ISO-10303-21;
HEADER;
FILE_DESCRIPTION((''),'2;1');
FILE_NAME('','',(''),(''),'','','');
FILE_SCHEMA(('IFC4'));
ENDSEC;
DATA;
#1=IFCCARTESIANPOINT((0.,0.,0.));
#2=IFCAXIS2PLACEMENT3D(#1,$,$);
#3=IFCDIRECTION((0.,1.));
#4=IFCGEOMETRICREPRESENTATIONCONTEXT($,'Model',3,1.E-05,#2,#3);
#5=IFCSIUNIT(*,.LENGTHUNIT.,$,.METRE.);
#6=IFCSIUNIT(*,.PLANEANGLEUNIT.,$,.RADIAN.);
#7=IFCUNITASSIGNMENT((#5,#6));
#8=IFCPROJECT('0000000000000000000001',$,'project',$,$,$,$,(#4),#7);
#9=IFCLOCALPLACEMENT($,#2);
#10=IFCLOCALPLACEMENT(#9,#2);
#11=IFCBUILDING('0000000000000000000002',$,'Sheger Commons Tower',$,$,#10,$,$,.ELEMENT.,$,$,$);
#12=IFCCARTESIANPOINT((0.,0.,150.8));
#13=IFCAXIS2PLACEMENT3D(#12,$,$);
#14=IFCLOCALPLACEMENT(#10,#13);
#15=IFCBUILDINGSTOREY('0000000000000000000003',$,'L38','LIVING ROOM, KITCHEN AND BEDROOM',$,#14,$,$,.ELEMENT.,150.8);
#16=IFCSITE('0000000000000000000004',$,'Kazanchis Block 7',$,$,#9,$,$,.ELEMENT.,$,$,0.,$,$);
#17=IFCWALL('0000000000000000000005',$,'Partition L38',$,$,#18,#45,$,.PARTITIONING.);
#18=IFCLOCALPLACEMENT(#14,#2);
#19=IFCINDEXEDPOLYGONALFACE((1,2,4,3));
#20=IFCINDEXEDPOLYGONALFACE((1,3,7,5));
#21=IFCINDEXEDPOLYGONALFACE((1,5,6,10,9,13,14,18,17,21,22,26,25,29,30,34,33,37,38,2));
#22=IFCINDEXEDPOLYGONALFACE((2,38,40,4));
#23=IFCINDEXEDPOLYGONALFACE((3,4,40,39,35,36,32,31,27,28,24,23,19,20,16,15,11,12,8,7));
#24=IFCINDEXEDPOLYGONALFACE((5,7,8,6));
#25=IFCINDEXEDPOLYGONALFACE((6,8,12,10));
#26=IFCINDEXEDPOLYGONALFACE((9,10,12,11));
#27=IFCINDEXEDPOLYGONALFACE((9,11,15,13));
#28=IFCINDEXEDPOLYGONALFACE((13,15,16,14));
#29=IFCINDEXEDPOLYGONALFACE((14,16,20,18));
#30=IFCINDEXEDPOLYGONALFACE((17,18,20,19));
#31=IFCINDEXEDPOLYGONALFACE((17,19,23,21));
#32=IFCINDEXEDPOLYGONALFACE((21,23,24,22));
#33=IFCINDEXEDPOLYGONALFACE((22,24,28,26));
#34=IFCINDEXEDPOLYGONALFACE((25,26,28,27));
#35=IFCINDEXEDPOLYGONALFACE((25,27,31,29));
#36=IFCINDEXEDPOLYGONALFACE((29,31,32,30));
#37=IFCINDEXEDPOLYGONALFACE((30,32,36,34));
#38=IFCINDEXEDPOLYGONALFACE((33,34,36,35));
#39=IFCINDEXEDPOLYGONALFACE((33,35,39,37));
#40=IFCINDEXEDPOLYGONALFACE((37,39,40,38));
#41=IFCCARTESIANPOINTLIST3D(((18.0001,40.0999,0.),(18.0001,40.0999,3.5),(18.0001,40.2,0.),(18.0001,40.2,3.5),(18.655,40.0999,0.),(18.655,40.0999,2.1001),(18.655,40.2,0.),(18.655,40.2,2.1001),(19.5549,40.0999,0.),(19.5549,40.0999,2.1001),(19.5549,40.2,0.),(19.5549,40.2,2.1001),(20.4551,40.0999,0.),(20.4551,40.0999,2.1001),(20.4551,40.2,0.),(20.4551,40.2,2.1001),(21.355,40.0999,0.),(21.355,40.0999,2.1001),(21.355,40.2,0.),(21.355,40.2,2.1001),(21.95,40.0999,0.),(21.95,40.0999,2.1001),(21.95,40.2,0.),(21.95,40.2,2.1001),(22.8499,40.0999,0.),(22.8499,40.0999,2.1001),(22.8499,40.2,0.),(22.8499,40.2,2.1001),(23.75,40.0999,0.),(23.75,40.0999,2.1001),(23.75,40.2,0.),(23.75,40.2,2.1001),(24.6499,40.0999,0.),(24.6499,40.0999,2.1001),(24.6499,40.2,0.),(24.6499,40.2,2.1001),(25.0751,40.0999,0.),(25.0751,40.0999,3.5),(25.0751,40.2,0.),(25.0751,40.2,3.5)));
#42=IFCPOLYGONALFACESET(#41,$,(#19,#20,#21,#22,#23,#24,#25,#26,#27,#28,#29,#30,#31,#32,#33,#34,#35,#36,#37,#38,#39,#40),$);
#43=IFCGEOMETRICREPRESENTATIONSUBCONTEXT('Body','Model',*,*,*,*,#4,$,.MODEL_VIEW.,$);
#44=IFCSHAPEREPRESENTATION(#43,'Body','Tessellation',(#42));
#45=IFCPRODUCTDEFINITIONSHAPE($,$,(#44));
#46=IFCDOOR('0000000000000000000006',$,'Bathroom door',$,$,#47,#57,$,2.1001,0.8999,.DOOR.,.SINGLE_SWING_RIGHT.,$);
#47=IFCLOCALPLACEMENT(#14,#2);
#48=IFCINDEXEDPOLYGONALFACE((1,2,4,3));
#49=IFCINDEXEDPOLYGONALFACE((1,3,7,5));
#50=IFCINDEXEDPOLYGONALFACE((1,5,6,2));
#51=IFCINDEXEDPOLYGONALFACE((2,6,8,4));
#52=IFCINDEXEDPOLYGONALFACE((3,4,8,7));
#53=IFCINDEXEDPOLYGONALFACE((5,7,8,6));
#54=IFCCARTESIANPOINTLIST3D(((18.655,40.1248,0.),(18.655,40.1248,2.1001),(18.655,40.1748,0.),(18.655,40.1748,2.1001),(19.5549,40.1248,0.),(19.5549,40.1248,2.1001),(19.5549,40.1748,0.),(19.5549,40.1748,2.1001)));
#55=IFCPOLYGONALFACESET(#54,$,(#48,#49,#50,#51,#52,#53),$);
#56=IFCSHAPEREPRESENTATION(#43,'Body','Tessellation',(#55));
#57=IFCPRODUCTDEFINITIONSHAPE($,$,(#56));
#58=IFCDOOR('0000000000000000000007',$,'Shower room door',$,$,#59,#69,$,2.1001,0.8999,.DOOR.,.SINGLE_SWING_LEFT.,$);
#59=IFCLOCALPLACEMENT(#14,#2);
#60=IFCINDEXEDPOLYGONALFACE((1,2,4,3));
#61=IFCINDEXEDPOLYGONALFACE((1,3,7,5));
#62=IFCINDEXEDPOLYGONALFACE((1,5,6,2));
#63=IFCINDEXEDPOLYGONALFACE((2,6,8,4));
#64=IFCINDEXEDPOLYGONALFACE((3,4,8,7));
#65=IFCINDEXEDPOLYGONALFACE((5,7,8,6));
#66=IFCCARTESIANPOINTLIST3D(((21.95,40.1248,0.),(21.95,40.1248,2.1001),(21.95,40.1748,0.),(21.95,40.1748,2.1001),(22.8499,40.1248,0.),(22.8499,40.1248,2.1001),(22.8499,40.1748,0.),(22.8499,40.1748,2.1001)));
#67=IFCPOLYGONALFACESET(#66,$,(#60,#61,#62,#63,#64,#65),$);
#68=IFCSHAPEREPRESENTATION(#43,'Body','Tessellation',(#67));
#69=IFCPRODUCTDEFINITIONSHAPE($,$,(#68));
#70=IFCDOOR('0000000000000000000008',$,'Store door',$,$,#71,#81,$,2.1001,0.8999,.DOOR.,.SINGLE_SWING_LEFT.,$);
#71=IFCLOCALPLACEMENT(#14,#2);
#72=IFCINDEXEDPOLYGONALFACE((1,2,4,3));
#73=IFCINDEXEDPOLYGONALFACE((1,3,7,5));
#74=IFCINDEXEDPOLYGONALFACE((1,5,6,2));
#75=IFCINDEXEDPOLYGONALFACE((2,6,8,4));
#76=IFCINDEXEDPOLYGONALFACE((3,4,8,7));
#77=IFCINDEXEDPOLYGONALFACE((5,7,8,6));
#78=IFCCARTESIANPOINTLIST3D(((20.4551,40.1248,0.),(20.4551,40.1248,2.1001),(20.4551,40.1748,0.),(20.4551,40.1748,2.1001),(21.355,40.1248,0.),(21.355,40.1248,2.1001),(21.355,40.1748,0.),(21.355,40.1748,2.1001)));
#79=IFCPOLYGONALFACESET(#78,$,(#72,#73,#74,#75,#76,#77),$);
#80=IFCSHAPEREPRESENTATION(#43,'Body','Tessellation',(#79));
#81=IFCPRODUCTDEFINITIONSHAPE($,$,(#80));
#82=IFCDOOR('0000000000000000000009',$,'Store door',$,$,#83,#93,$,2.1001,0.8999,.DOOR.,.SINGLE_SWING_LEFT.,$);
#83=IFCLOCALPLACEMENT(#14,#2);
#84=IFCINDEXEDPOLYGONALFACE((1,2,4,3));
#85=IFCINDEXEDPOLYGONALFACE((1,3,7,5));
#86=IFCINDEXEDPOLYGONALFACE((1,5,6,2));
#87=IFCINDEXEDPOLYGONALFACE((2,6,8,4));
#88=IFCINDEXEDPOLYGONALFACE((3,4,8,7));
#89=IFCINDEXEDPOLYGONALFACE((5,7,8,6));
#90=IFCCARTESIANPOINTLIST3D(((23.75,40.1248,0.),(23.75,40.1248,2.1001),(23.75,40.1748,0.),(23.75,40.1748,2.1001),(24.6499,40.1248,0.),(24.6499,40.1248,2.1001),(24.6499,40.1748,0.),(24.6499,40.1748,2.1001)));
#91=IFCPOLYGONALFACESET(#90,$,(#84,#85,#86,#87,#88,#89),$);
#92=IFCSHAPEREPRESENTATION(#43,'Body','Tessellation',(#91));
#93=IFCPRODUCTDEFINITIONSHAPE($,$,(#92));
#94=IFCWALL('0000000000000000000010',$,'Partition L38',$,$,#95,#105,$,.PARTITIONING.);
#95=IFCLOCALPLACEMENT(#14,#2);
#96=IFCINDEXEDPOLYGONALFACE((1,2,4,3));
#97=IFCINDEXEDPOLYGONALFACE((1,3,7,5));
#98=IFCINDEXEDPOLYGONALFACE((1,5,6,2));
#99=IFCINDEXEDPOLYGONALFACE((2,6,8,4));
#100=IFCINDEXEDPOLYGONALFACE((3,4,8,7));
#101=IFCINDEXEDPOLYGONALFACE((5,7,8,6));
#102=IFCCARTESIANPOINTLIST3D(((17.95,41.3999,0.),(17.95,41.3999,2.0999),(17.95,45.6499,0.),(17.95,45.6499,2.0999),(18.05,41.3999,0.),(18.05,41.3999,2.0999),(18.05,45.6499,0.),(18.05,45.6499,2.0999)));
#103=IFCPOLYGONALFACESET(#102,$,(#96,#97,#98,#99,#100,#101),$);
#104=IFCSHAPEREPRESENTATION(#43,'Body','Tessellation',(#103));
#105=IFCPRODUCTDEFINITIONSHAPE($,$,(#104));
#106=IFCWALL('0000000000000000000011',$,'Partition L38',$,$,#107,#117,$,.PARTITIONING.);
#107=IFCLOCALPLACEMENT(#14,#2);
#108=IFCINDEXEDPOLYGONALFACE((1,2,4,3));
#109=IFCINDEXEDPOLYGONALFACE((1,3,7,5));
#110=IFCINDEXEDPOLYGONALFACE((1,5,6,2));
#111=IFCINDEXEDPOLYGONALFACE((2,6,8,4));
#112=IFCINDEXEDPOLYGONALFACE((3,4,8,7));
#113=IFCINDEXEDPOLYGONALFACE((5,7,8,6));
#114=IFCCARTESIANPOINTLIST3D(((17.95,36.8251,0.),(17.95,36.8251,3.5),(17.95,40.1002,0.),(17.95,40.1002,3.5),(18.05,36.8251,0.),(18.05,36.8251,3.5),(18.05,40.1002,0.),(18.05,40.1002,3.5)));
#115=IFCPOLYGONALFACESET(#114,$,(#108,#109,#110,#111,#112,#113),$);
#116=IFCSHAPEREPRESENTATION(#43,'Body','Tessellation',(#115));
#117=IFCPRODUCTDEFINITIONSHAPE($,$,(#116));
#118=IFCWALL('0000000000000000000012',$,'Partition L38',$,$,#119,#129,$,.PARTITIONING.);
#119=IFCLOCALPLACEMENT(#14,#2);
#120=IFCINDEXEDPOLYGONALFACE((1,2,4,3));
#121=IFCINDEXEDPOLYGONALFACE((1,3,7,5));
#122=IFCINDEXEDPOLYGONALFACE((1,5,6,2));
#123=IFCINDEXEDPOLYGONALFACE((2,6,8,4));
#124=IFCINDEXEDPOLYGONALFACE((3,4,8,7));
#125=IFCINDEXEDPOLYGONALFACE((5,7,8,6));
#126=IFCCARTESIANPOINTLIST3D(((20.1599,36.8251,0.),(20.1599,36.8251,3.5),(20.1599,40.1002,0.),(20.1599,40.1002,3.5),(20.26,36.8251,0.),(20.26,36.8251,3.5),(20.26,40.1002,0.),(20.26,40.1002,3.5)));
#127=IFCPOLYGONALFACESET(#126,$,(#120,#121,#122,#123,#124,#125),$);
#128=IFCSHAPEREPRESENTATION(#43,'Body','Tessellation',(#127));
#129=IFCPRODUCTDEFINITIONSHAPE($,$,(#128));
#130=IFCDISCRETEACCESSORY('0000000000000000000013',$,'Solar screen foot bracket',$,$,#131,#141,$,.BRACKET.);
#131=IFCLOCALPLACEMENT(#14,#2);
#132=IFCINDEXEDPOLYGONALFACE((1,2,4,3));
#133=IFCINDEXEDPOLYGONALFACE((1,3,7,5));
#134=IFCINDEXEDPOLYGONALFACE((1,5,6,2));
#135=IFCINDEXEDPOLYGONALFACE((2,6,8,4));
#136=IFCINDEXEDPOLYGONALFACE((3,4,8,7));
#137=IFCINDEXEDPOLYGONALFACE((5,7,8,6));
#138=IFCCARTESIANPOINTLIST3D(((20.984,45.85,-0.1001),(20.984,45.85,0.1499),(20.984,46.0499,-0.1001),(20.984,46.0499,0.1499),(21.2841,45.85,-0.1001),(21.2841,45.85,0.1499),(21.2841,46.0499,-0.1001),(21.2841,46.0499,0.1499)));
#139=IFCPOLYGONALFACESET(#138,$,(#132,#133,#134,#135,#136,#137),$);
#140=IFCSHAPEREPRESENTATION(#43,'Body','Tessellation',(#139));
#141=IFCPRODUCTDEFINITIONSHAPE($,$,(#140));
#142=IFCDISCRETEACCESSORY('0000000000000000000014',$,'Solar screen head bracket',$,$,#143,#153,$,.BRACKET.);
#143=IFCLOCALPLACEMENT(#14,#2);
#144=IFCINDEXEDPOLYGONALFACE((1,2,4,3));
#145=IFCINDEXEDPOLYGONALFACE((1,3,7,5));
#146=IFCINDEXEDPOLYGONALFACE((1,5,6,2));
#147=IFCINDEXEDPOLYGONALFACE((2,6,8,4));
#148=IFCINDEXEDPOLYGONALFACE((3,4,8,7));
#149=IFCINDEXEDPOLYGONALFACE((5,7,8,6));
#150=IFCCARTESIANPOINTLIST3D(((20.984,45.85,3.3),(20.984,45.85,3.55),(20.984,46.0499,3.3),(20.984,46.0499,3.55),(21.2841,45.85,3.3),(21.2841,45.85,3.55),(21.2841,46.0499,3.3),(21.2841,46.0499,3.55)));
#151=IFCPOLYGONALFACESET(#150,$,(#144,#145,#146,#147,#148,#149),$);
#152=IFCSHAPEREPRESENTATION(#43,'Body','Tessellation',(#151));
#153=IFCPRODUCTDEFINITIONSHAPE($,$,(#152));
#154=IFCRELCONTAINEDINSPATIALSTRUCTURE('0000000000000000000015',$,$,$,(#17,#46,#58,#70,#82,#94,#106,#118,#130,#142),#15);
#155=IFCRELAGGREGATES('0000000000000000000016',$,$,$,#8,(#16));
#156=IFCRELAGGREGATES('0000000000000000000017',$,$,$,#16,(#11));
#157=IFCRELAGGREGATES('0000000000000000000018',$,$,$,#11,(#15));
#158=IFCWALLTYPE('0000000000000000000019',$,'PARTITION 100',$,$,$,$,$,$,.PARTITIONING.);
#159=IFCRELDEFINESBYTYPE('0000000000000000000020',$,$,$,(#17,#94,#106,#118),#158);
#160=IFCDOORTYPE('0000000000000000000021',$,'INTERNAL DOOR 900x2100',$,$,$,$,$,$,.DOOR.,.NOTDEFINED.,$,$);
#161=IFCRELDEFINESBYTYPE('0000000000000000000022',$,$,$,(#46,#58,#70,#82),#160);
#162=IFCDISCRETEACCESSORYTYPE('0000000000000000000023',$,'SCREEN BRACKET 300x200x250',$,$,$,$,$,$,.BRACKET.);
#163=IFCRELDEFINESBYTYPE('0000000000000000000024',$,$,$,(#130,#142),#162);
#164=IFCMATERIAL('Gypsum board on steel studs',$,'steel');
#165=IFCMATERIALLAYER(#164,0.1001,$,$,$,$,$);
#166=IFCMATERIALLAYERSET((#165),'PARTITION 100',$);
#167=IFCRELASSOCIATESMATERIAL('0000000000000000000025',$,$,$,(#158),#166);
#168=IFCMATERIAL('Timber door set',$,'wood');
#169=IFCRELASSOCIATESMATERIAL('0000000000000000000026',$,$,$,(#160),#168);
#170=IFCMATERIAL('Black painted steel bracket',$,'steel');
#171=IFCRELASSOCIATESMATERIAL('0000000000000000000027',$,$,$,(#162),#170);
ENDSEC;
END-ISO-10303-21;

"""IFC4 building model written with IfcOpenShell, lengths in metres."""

from ifc_helpers import new_model, si_unit, direction, frame, frame_2d, origin, origin_2d, place, context, subcontext, project, spatial, rectangle, extrude, material, layer, layer_set, type_object, element, fill, save


model = new_model("IFC4")

# Units and contexts
model_context = context("Model", 3, precision=1e-05, world=origin(), true_north=direction((0.0, 1.0)))
body_context = subcontext(model_context, "Body", "Model", "MODEL_VIEW")
ifc_project = project(units=[si_unit("LENGTHUNIT", "METRE"), si_unit("PLANEANGLEUNIT", "RADIAN")], contexts=[model_context])

# Site, building, storey
site_placement = place(None, origin())
site = spatial("IfcSite", under=ifc_project, at=site_placement, Name="Kazanchis Block 7", CompositionType="ELEMENT", RefElevation=0.0)
building_placement = place(site_placement, origin())
building = spatial("IfcBuilding", under=site, at=building_placement, Name="Sheger Commons Tower", CompositionType="ELEMENT")
storey_placement = place(building_placement, frame((0.0, 0.0, 150.8)))
storey = spatial("IfcBuildingStorey", under=building, at=storey_placement, Name="L38", Description="LIVING ROOM, KITCHEN AND BEDROOM", CompositionType="ELEMENT", Elevation=150.8)

# Wall, openings, doors
ifc_material_1 = material(Name="Gypsum board on steel studs", Category="steel")
ifc_layer_1 = layer(ifc_material_1, 0.1001)
ifc_layer_set_1 = layer_set([ifc_layer_1], Name="PARTITION 100")
wall_type_1 = type_object("IfcWallType", Name="PARTITION 100", PredefinedType="PARTITIONING", material=ifc_layer_set_1)
ifc_material_2 = material(Name="Timber door set", Category="wood")
door_type = type_object("IfcDoorType", Name="INTERNAL DOOR 900x2100", OperationType="NOTDEFINED", PredefinedType="DOOR", material=ifc_material_2)
wall_1_placement = place(storey_placement, frame((18.0, 40.1499, 0.0), z_axis=(0.0, 0.0, 1.0), x_axis=(1.0, 0.0, 0.0)))
wall_1 = element("IfcWall", 1, at=wall_1_placement, inside=storey, type_object=wall_type_1, Name="Partition L38", PredefinedType="PARTITIONING", context=body_context, shape_type="SweptSolid", body=[
    extrude(rectangle(XDim=7.075, YDim=0.1001, at=frame_2d((3.5376, 0.0))), origin(), (0.0, 0.0, 1.0), 3.5),
])
opening_1_placement = place(wall_1_placement, frame((0.655, 0.0, 0.0)))
opening_1 = element("IfcOpeningElement", 2, at=opening_1_placement, cuts=wall_1, PredefinedType="OPENING", context=body_context, shape_type="SweptSolid", body=[
    extrude(rectangle(XDim=0.8999, YDim=2.1001, at=frame_2d((0.45, 1.05))), frame((0.0, 0.0601, 0.0), z_axis=(0.0, -1.0, 0.0), x_axis=(1.0, 0.0, 0.0)), (0.0, 0.0, 1.0), 0.1201),
])
opening_2_placement = place(wall_1_placement, frame((3.95, 0.0, 0.0)))
opening_2 = element("IfcOpeningElement", 3, at=opening_2_placement, cuts=wall_1, PredefinedType="OPENING", context=body_context, shape_type="SweptSolid", body=[
    extrude(rectangle(XDim=0.8999, YDim=2.1001, at=frame_2d((0.45, 1.05))), frame((0.0, 0.0601, 0.0), z_axis=(0.0, -1.0, 0.0), x_axis=(1.0, 0.0, 0.0)), (0.0, 0.0, 1.0), 0.1201),
])
opening_3_placement = place(wall_1_placement, frame((2.4551, 0.0, 0.0)))
opening_3 = element("IfcOpeningElement", 4, at=opening_3_placement, cuts=wall_1, PredefinedType="OPENING", context=body_context, shape_type="SweptSolid", body=[
    extrude(rectangle(XDim=0.8999, YDim=2.1001, at=frame_2d((0.45, 1.05))), frame((0.0, 0.0601, 0.0), z_axis=(0.0, -1.0, 0.0), x_axis=(1.0, 0.0, 0.0)), (0.0, 0.0, 1.0), 0.1201),
])
opening_4_placement = place(wall_1_placement, frame((5.75, 0.0, 0.0)))
opening_4 = element("IfcOpeningElement", 5, at=opening_4_placement, cuts=wall_1, PredefinedType="OPENING", context=body_context, shape_type="SweptSolid", body=[
    extrude(rectangle(XDim=0.8999, YDim=2.1001, at=frame_2d((0.45, 1.05))), frame((0.0, 0.0601, 0.0), z_axis=(0.0, -1.0, 0.0), x_axis=(1.0, 0.0, 0.0)), (0.0, 0.0, 1.0), 0.1201),
])
door_1_placement = place(opening_1_placement, origin())
door_1 = element("IfcDoor", 6, at=door_1_placement, inside=storey, type_object=door_type, Name="Bathroom door", OperationType="SINGLE_SWING_RIGHT", OverallHeight=2.1001, OverallWidth=0.8999, PredefinedType="DOOR", context=body_context, shape_type="SweptSolid", body=[
    extrude(rectangle(XDim=0.8999, YDim=2.1001, at=frame_2d((0.45, 1.05))), frame((0.0, 0.0249, 0.0), z_axis=(0.0, -1.0, 0.0), x_axis=(1.0, 0.0, 0.0)), (0.0, 0.0, 1.0), 0.05),
])
fill(opening_1, door_1)
door_2_placement = place(opening_2_placement, origin())
door_2 = element("IfcDoor", 7, at=door_2_placement, inside=storey, type_object=door_type, Name="Shower room door", OperationType="SINGLE_SWING_LEFT", OverallHeight=2.1001, OverallWidth=0.8999, PredefinedType="DOOR", context=body_context, shape_type="SweptSolid", body=[
    extrude(rectangle(XDim=0.8999, YDim=2.1001, at=frame_2d((0.45, 1.05))), frame((0.0, 0.0249, 0.0), z_axis=(0.0, -1.0, 0.0), x_axis=(1.0, 0.0, 0.0)), (0.0, 0.0, 1.0), 0.05),
])
fill(opening_2, door_2)
door_3_placement = place(opening_3_placement, origin())
door_3 = element("IfcDoor", 8, at=door_3_placement, inside=storey, type_object=door_type, Name="Store door", OperationType="SINGLE_SWING_LEFT", OverallHeight=2.1001, OverallWidth=0.8999, PredefinedType="DOOR", context=body_context, shape_type="SweptSolid", body=[
    extrude(rectangle(XDim=0.8999, YDim=2.1001, at=frame_2d((0.45, 1.05))), frame((0.0, 0.0249, 0.0), z_axis=(0.0, -1.0, 0.0), x_axis=(1.0, 0.0, 0.0)), (0.0, 0.0, 1.0), 0.05),
])
fill(opening_3, door_3)
door_4_placement = place(opening_4_placement, origin())
door_4 = element("IfcDoor", 9, at=door_4_placement, inside=storey, type_object=door_type, Name="Store door", OperationType="SINGLE_SWING_LEFT", OverallHeight=2.1001, OverallWidth=0.8999, PredefinedType="DOOR", context=body_context, shape_type="SweptSolid", body=[
    extrude(rectangle(XDim=0.8999, YDim=2.1001, at=frame_2d((0.45, 1.05))), frame((0.0, 0.0249, 0.0), z_axis=(0.0, -1.0, 0.0), x_axis=(1.0, 0.0, 0.0)), (0.0, 0.0, 1.0), 0.05),
])
fill(opening_4, door_4)

# Walls
wall_2_placement = place(storey_placement, frame((18.0, 41.3999, 0.0), z_axis=(0.0, 0.0, 1.0), x_axis=(0.0, 1.0, 0.0)))
element("IfcWall", 10, at=wall_2_placement, inside=storey, type_object=wall_type_1, Name="Partition L38", PredefinedType="PARTITIONING", context=body_context, shape_type="SweptSolid", body=[
    extrude(rectangle(XDim=4.25, YDim=0.1001, at=frame_2d((2.125, 0.0))), origin(), (0.0, 0.0, 1.0), 2.0999),
])
for number, where, z_axis, x_axis, name in (
    (11, (18.0, 36.825, 0.0), (0.0, 0.0, 1.0), (0.0, 1.0, 0.0), "Partition L38"),
    (12, (20.21, 36.825, 0.0), (0.0, 0.0, 1.0), (0.0, 1.0, 0.0), "Partition L38"),
):
    element("IfcWall", number, at=place(storey_placement, frame(where, z_axis=z_axis, x_axis=x_axis)), inside=storey, type_object=wall_type_1, Name=name, PredefinedType="PARTITIONING", context=body_context, shape_type="SweptSolid", body=[
        extrude(rectangle(XDim=3.2751, YDim=0.1001, at=frame_2d((1.6377, 0.0))), origin(), (0.0, 0.0, 1.0), 3.5),
    ])

# Discrete accessories
ifc_material_3 = material(Name="Black painted steel bracket", Category="steel")
discrete_accessory_type = type_object("IfcDiscreteAccessoryType", Name="SCREEN BRACKET 300x200x250", PredefinedType="BRACKET", material=ifc_material_3)
for number, where, z_axis, x_axis, name in (
    (13, (21.134, 45.95, -0.1001), (0.0, 0.0, 1.0), (-1.0, 0.0, 0.0), "Solar screen foot bracket"),
    (14, (21.134, 45.95, 3.3), (0.0, 0.0, 1.0), (-1.0, 0.0, 0.0), "Solar screen head bracket"),
):
    element("IfcDiscreteAccessory", number, at=place(storey_placement, frame(where, z_axis=z_axis, x_axis=x_axis)), inside=storey, type_object=discrete_accessory_type, Name=name, PredefinedType="BRACKET", context=body_context, shape_type="SweptSolid", body=[
        extrude(rectangle(XDim=0.3, YDim=0.2, at=origin_2d()), origin(), (0.0, 0.0, 1.0), 0.25),
    ])

save(model, "model.ifc")
